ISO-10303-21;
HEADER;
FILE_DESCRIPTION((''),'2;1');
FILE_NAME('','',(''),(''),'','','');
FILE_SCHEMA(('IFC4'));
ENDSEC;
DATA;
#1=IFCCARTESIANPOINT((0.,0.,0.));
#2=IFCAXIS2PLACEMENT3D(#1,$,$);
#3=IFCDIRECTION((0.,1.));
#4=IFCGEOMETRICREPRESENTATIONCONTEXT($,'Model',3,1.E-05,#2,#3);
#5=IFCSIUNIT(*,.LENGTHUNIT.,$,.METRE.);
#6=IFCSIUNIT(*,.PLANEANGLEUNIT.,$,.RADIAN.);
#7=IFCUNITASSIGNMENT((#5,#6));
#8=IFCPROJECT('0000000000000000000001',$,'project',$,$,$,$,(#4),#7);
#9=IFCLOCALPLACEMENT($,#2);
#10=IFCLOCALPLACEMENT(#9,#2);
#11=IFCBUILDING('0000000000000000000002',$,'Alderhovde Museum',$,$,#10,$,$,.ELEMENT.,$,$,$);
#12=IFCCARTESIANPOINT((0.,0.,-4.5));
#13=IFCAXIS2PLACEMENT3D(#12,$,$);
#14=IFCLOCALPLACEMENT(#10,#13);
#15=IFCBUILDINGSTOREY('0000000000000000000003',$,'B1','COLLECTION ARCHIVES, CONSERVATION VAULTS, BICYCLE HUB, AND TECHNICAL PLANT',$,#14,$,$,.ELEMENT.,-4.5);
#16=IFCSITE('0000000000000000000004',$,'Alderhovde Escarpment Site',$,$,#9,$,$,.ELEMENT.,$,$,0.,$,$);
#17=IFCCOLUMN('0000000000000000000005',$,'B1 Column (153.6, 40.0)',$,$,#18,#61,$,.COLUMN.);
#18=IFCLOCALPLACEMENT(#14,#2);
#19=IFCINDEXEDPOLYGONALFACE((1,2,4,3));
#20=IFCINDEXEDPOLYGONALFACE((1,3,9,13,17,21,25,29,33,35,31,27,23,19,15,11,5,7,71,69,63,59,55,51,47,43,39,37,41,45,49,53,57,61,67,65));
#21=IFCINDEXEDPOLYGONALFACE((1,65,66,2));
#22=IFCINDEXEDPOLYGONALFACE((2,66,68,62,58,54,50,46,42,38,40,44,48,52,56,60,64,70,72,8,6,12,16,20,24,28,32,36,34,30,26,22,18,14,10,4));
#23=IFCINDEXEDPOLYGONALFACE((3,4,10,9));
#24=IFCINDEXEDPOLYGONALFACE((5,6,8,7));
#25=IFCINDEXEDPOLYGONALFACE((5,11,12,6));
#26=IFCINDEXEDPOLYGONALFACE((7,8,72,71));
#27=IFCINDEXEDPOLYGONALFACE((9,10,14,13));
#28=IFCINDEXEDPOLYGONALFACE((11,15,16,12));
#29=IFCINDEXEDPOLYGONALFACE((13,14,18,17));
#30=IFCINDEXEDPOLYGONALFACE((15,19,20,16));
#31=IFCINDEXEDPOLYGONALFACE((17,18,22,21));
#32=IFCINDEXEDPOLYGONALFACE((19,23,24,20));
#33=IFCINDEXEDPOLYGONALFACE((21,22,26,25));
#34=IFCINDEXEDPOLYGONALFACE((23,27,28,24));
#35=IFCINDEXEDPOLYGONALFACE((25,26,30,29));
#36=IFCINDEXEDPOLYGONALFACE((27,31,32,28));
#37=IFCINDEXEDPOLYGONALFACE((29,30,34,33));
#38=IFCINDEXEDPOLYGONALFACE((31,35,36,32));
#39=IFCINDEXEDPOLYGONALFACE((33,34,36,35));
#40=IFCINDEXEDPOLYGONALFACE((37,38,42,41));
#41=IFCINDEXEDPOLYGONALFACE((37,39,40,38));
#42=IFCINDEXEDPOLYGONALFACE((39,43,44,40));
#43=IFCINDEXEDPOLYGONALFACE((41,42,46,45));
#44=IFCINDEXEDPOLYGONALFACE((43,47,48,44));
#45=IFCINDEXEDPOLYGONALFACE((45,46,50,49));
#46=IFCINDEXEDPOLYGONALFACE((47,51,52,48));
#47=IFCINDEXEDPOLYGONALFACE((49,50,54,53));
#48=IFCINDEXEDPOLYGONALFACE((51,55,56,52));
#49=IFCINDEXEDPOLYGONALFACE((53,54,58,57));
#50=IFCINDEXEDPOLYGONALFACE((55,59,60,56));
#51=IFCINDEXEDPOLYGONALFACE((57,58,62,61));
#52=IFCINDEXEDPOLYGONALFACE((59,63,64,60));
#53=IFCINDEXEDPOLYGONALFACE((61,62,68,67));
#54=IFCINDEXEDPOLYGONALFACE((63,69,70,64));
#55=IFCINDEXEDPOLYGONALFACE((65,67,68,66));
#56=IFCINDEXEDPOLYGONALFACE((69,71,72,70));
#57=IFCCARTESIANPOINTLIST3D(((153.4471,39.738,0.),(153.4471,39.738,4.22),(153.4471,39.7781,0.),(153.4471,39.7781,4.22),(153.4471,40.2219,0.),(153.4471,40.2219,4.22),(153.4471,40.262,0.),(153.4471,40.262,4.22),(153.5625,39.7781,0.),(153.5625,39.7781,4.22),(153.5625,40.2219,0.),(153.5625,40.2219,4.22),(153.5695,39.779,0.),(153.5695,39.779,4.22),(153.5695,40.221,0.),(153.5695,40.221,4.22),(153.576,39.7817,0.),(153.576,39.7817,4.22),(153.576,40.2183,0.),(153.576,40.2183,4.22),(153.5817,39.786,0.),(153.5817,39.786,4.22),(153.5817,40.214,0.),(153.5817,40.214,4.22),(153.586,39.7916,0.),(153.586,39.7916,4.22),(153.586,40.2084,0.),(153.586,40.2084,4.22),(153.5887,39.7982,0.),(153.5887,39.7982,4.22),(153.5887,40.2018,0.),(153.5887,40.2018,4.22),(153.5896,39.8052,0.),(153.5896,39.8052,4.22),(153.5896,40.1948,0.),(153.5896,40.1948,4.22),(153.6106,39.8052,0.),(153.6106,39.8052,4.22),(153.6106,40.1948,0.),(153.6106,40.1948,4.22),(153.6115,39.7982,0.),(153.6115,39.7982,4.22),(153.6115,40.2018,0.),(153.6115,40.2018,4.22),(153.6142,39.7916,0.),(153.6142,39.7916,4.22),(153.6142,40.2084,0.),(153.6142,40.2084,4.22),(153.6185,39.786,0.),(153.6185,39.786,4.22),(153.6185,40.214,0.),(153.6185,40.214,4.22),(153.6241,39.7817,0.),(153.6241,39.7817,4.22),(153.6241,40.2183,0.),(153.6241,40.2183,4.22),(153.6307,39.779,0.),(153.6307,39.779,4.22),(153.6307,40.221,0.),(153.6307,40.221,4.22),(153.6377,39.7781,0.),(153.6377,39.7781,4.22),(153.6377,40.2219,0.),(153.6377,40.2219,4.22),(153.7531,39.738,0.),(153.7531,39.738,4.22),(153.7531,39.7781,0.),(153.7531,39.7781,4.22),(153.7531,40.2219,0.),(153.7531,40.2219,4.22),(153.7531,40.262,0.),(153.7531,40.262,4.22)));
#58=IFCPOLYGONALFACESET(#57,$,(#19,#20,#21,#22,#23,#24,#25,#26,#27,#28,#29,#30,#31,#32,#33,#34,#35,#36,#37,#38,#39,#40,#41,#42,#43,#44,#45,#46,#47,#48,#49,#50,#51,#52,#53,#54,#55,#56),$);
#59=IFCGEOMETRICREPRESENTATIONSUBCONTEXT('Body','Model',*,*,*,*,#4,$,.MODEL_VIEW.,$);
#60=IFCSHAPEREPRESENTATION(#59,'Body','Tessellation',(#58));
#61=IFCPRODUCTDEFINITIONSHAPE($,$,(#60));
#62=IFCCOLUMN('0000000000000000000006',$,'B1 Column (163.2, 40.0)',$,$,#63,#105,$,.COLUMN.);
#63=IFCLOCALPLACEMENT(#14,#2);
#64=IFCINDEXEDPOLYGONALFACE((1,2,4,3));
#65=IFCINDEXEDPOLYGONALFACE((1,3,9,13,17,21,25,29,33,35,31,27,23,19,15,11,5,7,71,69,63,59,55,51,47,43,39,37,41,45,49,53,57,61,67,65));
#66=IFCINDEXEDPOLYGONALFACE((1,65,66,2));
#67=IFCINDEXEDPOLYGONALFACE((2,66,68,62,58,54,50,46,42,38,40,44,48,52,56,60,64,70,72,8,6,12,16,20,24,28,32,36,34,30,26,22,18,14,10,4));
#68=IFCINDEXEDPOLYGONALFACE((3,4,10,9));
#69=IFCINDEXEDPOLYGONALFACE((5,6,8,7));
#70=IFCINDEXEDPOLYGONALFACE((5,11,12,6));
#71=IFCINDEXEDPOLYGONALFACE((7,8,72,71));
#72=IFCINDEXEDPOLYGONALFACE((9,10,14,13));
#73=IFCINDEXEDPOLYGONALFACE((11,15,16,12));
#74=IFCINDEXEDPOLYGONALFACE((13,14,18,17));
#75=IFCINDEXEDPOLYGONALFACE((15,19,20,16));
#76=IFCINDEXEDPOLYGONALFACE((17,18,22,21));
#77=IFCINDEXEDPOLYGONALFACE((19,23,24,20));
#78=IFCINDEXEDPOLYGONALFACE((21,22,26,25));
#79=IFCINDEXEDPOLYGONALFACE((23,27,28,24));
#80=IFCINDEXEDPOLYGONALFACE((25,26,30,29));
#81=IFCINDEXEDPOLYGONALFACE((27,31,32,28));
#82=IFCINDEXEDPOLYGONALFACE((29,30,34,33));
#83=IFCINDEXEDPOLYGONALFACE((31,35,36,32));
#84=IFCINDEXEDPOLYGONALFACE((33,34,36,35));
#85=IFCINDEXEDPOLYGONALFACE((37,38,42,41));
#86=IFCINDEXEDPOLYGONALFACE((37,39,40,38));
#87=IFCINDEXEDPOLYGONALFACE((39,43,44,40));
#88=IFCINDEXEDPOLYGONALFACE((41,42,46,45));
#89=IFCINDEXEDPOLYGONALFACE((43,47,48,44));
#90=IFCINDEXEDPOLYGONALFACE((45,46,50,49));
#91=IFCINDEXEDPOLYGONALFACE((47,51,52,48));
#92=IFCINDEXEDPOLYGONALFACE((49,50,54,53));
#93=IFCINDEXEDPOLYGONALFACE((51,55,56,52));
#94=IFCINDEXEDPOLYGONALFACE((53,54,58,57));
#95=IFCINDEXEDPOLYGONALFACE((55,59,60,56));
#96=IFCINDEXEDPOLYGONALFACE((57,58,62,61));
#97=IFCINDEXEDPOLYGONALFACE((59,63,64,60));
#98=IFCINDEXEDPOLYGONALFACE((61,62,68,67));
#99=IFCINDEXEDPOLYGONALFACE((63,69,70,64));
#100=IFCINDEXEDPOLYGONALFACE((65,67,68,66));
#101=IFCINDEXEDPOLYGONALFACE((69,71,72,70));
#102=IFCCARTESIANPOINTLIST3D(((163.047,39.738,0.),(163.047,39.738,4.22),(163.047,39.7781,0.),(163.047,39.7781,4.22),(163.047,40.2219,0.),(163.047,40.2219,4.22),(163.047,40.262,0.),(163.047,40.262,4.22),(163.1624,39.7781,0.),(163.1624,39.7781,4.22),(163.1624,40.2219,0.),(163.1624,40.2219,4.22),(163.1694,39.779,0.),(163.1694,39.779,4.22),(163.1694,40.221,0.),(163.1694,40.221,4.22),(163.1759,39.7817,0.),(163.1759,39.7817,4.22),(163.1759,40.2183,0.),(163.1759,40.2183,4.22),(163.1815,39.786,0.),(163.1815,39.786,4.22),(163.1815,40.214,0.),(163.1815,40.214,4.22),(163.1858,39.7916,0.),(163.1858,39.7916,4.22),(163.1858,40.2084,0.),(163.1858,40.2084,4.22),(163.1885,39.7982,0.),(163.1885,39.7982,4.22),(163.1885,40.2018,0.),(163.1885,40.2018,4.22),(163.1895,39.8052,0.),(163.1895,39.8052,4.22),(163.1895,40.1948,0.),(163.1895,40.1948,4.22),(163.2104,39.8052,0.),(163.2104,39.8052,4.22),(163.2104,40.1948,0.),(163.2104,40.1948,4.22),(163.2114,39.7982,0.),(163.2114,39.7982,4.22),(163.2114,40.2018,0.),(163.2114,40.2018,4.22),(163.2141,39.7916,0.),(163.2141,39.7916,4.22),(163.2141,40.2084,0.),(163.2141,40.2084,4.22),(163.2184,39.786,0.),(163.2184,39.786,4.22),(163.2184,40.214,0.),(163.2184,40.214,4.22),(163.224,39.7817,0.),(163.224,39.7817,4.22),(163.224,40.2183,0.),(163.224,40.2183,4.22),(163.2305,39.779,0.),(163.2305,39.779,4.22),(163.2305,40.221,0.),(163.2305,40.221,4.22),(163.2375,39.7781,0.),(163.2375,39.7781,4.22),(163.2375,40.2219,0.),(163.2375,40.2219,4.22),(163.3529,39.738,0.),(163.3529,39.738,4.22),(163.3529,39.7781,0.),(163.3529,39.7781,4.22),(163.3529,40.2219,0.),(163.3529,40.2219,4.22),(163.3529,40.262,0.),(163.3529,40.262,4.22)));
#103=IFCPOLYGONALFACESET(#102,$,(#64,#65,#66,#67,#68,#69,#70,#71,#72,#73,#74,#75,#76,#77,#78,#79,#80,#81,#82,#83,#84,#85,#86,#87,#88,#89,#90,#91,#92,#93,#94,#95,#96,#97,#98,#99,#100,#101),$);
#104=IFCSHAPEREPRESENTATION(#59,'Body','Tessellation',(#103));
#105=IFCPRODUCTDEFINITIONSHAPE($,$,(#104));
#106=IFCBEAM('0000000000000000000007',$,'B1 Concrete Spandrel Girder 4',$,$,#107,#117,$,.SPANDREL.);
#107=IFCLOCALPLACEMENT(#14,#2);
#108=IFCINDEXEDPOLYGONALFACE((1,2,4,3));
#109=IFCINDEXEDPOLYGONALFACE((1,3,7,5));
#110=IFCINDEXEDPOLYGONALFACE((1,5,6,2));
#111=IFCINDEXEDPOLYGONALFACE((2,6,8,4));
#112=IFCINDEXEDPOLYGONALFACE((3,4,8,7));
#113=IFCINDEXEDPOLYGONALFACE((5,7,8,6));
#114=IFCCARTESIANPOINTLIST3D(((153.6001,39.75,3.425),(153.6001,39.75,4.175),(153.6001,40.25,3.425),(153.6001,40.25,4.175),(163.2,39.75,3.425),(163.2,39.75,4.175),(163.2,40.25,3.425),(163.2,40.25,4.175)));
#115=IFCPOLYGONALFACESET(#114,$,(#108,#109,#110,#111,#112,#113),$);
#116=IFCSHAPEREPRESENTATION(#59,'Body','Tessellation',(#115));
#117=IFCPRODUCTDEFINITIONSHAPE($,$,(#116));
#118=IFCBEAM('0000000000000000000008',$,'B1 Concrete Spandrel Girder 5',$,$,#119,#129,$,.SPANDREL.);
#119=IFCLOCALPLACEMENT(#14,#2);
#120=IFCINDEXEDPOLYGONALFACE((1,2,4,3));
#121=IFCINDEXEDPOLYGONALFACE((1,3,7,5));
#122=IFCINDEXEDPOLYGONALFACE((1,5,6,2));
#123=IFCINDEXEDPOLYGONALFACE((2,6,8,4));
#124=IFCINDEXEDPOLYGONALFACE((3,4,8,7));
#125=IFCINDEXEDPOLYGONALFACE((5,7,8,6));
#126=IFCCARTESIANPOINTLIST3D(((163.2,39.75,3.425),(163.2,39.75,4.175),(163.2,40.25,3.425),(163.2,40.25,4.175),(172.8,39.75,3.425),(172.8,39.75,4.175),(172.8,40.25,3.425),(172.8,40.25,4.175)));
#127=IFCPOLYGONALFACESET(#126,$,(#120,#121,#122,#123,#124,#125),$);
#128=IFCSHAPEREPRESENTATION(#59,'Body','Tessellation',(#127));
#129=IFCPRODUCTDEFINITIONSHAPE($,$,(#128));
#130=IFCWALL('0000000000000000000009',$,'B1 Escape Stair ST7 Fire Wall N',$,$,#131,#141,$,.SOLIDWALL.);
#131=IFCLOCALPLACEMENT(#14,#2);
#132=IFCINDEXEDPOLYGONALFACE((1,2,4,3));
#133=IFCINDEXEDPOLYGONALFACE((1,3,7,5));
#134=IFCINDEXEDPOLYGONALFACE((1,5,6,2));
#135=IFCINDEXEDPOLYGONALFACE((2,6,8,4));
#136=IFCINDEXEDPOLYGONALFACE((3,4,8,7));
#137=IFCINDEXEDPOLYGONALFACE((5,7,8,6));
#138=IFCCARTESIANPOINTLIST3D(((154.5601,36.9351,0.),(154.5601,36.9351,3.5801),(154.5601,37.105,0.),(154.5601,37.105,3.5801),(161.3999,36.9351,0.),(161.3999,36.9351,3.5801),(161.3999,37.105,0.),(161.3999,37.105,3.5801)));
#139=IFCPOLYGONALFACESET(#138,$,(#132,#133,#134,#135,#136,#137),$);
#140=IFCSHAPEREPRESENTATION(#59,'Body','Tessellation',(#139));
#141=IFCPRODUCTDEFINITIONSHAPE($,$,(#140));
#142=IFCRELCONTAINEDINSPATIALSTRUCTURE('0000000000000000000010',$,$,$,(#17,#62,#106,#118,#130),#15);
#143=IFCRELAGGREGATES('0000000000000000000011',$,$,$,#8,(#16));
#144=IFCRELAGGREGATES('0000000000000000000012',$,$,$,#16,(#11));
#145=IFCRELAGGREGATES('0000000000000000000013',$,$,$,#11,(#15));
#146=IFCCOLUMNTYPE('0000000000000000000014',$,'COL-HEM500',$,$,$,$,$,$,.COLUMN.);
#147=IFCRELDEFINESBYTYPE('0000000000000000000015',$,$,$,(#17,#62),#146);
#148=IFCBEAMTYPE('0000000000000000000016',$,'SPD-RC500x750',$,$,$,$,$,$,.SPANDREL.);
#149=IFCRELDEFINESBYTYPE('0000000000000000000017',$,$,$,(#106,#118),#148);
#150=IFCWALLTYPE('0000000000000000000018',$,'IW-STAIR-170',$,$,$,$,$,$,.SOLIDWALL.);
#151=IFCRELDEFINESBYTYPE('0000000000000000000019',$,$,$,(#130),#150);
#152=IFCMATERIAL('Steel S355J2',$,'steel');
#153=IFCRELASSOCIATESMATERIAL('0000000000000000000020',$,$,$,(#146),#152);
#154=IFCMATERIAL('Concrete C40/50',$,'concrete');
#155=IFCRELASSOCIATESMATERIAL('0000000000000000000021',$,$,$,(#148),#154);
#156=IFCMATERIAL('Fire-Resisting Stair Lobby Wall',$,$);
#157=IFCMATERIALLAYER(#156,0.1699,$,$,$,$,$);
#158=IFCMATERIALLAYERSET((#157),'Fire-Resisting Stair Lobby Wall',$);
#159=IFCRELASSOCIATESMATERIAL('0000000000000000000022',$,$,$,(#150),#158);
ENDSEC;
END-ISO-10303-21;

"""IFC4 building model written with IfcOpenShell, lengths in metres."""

from ifc_helpers import new_model, si_unit, direction, frame, frame_2d, origin, origin_2d, place, context, subcontext, project, spatial, rectangle, i_section, extrude, material, layer, layer_set, material_profile, profile_set, type_object, element, save


model = new_model("IFC4")

# Units and contexts
model_context = context("Model", 3, precision=1e-05, world=origin(), true_north=direction((0.0, 1.0)))
body_context = subcontext(model_context, "Body", "Model", "MODEL_VIEW")
ifc_project = project(units=[si_unit("LENGTHUNIT", "METRE"), si_unit("PLANEANGLEUNIT", "RADIAN")], contexts=[model_context])

# Site, building, storey
site_placement = place(None, origin())
site = spatial("IfcSite", under=ifc_project, at=site_placement, Name="Alderhovde Escarpment Site", CompositionType="ELEMENT", RefElevation=0.0)
building_placement = place(site_placement, origin())
building = spatial("IfcBuilding", under=site, at=building_placement, Name="Alderhovde Museum", CompositionType="ELEMENT")
storey_placement = place(building_placement, frame((0.0, 0.0, -4.5)))
storey = spatial("IfcBuildingStorey", under=building, at=storey_placement, Name="B1", Description="COLLECTION ARCHIVES, CONSERVATION VAULTS, BICYCLE HUB, AND TECHNICAL PLANT", CompositionType="ELEMENT", Elevation=-4.5)

# Columns
ifc_material_1 = material(Name="Steel S355J2", Category="steel")
ifc_material_profile_1 = material_profile(ifc_material_1, i_section(OverallWidth=0.3059, OverallDepth=0.5239, WebThickness=0.021, FlangeThickness=0.04, FilletRadius=0.0271, at=origin_2d()), Name="HEM 500")
ifc_profile_set_1 = profile_set([ifc_material_profile_1], Name="Steel S355J2")
column_type_1 = type_object("IfcColumnType", Name="COL-HEM500", PredefinedType="COLUMN", material=ifc_profile_set_1)
for number, where, z_axis, x_axis, name in (
    (1, (153.6001, 40.0, 0.0), (0.0, 0.0, 1.0), (1.0, 0.0, 0.0), "B1 Column (153.6, 40.0)"),
    (2, (163.2, 40.0, 0.0), (0.0, 0.0, 1.0), (1.0, 0.0, 0.0), "B1 Column (163.2, 40.0)"),
):
    element("IfcColumn", number, at=place(storey_placement, frame(where, z_axis=z_axis, x_axis=x_axis)), inside=storey, type_object=column_type_1, Name=name, PredefinedType="COLUMN", context=body_context, shape_type="SweptSolid", body=[
        extrude(i_section(OverallWidth=0.3059, OverallDepth=0.5239, WebThickness=0.021, FlangeThickness=0.04, FilletRadius=0.0271, at=origin_2d()), origin(), (0.0, 0.0, 1.0), 4.22),
    ])

# Beams
ifc_material_2 = material(Name="Concrete C40/50", Category="concrete")
ifc_material_profile_2 = material_profile(ifc_material_2, rectangle(XDim=0.5, YDim=0.75, at=origin_2d()), Name="RC 500x750")
ifc_profile_set_2 = profile_set([ifc_material_profile_2], Name="Concrete C40/50")
beam_type = type_object("IfcBeamType", Name="SPD-RC500x750", PredefinedType="SPANDREL", material=ifc_profile_set_2)
beam_1_placement = place(storey_placement, frame((153.6001, 40.0, 3.8), z_axis=(1.0, 0.0, 0.0), x_axis=(0.0, 1.0, 0.0)))
element("IfcBeam", 3, at=beam_1_placement, inside=storey, type_object=beam_type, Name="B1 Concrete Spandrel Girder 4", PredefinedType="SPANDREL", context=body_context, shape_type="SweptSolid", body=[
    extrude(rectangle(XDim=0.5, YDim=0.75, at=origin_2d()), origin(), (0.0, 0.0, 1.0), 9.5999),
])
beam_2_placement = place(storey_placement, frame((163.2, 40.0, 3.8), z_axis=(1.0, 0.0, 0.0), x_axis=(0.0, 1.0, 0.0)))
element("IfcBeam", 4, at=beam_2_placement, inside=storey, type_object=beam_type, Name="B1 Concrete Spandrel Girder 5", PredefinedType="SPANDREL", context=body_context, shape_type="SweptSolid", body=[
    extrude(rectangle(XDim=0.5, YDim=0.75, at=origin_2d()), origin(), (0.0, 0.0, 1.0), 9.6001),
])

# Wall
ifc_material_3 = material(Name="Fire-Resisting Stair Lobby Wall")
ifc_layer = layer(ifc_material_3, 0.1699)
ifc_layer_set = layer_set([ifc_layer], Name="Fire-Resisting Stair Lobby Wall")
wall_type = type_object("IfcWallType", Name="IW-STAIR-170", PredefinedType="SOLIDWALL", material=ifc_layer_set)
wall_placement = place(storey_placement, frame((154.5601, 37.02, 0.0), z_axis=(0.0, 0.0, 1.0), x_axis=(1.0, 0.0, 0.0)))
element("IfcWall", 5, at=wall_placement, inside=storey, type_object=wall_type, Name="B1 Escape Stair ST7 Fire Wall N", PredefinedType="SOLIDWALL", context=body_context, shape_type="SweptSolid", body=[
    extrude(rectangle(XDim=6.8398, YDim=0.1699, at=frame_2d((3.4199, 0.0))), origin(), (0.0, 0.0, 1.0), 3.5801),
])

save(model, "model.ifc")
